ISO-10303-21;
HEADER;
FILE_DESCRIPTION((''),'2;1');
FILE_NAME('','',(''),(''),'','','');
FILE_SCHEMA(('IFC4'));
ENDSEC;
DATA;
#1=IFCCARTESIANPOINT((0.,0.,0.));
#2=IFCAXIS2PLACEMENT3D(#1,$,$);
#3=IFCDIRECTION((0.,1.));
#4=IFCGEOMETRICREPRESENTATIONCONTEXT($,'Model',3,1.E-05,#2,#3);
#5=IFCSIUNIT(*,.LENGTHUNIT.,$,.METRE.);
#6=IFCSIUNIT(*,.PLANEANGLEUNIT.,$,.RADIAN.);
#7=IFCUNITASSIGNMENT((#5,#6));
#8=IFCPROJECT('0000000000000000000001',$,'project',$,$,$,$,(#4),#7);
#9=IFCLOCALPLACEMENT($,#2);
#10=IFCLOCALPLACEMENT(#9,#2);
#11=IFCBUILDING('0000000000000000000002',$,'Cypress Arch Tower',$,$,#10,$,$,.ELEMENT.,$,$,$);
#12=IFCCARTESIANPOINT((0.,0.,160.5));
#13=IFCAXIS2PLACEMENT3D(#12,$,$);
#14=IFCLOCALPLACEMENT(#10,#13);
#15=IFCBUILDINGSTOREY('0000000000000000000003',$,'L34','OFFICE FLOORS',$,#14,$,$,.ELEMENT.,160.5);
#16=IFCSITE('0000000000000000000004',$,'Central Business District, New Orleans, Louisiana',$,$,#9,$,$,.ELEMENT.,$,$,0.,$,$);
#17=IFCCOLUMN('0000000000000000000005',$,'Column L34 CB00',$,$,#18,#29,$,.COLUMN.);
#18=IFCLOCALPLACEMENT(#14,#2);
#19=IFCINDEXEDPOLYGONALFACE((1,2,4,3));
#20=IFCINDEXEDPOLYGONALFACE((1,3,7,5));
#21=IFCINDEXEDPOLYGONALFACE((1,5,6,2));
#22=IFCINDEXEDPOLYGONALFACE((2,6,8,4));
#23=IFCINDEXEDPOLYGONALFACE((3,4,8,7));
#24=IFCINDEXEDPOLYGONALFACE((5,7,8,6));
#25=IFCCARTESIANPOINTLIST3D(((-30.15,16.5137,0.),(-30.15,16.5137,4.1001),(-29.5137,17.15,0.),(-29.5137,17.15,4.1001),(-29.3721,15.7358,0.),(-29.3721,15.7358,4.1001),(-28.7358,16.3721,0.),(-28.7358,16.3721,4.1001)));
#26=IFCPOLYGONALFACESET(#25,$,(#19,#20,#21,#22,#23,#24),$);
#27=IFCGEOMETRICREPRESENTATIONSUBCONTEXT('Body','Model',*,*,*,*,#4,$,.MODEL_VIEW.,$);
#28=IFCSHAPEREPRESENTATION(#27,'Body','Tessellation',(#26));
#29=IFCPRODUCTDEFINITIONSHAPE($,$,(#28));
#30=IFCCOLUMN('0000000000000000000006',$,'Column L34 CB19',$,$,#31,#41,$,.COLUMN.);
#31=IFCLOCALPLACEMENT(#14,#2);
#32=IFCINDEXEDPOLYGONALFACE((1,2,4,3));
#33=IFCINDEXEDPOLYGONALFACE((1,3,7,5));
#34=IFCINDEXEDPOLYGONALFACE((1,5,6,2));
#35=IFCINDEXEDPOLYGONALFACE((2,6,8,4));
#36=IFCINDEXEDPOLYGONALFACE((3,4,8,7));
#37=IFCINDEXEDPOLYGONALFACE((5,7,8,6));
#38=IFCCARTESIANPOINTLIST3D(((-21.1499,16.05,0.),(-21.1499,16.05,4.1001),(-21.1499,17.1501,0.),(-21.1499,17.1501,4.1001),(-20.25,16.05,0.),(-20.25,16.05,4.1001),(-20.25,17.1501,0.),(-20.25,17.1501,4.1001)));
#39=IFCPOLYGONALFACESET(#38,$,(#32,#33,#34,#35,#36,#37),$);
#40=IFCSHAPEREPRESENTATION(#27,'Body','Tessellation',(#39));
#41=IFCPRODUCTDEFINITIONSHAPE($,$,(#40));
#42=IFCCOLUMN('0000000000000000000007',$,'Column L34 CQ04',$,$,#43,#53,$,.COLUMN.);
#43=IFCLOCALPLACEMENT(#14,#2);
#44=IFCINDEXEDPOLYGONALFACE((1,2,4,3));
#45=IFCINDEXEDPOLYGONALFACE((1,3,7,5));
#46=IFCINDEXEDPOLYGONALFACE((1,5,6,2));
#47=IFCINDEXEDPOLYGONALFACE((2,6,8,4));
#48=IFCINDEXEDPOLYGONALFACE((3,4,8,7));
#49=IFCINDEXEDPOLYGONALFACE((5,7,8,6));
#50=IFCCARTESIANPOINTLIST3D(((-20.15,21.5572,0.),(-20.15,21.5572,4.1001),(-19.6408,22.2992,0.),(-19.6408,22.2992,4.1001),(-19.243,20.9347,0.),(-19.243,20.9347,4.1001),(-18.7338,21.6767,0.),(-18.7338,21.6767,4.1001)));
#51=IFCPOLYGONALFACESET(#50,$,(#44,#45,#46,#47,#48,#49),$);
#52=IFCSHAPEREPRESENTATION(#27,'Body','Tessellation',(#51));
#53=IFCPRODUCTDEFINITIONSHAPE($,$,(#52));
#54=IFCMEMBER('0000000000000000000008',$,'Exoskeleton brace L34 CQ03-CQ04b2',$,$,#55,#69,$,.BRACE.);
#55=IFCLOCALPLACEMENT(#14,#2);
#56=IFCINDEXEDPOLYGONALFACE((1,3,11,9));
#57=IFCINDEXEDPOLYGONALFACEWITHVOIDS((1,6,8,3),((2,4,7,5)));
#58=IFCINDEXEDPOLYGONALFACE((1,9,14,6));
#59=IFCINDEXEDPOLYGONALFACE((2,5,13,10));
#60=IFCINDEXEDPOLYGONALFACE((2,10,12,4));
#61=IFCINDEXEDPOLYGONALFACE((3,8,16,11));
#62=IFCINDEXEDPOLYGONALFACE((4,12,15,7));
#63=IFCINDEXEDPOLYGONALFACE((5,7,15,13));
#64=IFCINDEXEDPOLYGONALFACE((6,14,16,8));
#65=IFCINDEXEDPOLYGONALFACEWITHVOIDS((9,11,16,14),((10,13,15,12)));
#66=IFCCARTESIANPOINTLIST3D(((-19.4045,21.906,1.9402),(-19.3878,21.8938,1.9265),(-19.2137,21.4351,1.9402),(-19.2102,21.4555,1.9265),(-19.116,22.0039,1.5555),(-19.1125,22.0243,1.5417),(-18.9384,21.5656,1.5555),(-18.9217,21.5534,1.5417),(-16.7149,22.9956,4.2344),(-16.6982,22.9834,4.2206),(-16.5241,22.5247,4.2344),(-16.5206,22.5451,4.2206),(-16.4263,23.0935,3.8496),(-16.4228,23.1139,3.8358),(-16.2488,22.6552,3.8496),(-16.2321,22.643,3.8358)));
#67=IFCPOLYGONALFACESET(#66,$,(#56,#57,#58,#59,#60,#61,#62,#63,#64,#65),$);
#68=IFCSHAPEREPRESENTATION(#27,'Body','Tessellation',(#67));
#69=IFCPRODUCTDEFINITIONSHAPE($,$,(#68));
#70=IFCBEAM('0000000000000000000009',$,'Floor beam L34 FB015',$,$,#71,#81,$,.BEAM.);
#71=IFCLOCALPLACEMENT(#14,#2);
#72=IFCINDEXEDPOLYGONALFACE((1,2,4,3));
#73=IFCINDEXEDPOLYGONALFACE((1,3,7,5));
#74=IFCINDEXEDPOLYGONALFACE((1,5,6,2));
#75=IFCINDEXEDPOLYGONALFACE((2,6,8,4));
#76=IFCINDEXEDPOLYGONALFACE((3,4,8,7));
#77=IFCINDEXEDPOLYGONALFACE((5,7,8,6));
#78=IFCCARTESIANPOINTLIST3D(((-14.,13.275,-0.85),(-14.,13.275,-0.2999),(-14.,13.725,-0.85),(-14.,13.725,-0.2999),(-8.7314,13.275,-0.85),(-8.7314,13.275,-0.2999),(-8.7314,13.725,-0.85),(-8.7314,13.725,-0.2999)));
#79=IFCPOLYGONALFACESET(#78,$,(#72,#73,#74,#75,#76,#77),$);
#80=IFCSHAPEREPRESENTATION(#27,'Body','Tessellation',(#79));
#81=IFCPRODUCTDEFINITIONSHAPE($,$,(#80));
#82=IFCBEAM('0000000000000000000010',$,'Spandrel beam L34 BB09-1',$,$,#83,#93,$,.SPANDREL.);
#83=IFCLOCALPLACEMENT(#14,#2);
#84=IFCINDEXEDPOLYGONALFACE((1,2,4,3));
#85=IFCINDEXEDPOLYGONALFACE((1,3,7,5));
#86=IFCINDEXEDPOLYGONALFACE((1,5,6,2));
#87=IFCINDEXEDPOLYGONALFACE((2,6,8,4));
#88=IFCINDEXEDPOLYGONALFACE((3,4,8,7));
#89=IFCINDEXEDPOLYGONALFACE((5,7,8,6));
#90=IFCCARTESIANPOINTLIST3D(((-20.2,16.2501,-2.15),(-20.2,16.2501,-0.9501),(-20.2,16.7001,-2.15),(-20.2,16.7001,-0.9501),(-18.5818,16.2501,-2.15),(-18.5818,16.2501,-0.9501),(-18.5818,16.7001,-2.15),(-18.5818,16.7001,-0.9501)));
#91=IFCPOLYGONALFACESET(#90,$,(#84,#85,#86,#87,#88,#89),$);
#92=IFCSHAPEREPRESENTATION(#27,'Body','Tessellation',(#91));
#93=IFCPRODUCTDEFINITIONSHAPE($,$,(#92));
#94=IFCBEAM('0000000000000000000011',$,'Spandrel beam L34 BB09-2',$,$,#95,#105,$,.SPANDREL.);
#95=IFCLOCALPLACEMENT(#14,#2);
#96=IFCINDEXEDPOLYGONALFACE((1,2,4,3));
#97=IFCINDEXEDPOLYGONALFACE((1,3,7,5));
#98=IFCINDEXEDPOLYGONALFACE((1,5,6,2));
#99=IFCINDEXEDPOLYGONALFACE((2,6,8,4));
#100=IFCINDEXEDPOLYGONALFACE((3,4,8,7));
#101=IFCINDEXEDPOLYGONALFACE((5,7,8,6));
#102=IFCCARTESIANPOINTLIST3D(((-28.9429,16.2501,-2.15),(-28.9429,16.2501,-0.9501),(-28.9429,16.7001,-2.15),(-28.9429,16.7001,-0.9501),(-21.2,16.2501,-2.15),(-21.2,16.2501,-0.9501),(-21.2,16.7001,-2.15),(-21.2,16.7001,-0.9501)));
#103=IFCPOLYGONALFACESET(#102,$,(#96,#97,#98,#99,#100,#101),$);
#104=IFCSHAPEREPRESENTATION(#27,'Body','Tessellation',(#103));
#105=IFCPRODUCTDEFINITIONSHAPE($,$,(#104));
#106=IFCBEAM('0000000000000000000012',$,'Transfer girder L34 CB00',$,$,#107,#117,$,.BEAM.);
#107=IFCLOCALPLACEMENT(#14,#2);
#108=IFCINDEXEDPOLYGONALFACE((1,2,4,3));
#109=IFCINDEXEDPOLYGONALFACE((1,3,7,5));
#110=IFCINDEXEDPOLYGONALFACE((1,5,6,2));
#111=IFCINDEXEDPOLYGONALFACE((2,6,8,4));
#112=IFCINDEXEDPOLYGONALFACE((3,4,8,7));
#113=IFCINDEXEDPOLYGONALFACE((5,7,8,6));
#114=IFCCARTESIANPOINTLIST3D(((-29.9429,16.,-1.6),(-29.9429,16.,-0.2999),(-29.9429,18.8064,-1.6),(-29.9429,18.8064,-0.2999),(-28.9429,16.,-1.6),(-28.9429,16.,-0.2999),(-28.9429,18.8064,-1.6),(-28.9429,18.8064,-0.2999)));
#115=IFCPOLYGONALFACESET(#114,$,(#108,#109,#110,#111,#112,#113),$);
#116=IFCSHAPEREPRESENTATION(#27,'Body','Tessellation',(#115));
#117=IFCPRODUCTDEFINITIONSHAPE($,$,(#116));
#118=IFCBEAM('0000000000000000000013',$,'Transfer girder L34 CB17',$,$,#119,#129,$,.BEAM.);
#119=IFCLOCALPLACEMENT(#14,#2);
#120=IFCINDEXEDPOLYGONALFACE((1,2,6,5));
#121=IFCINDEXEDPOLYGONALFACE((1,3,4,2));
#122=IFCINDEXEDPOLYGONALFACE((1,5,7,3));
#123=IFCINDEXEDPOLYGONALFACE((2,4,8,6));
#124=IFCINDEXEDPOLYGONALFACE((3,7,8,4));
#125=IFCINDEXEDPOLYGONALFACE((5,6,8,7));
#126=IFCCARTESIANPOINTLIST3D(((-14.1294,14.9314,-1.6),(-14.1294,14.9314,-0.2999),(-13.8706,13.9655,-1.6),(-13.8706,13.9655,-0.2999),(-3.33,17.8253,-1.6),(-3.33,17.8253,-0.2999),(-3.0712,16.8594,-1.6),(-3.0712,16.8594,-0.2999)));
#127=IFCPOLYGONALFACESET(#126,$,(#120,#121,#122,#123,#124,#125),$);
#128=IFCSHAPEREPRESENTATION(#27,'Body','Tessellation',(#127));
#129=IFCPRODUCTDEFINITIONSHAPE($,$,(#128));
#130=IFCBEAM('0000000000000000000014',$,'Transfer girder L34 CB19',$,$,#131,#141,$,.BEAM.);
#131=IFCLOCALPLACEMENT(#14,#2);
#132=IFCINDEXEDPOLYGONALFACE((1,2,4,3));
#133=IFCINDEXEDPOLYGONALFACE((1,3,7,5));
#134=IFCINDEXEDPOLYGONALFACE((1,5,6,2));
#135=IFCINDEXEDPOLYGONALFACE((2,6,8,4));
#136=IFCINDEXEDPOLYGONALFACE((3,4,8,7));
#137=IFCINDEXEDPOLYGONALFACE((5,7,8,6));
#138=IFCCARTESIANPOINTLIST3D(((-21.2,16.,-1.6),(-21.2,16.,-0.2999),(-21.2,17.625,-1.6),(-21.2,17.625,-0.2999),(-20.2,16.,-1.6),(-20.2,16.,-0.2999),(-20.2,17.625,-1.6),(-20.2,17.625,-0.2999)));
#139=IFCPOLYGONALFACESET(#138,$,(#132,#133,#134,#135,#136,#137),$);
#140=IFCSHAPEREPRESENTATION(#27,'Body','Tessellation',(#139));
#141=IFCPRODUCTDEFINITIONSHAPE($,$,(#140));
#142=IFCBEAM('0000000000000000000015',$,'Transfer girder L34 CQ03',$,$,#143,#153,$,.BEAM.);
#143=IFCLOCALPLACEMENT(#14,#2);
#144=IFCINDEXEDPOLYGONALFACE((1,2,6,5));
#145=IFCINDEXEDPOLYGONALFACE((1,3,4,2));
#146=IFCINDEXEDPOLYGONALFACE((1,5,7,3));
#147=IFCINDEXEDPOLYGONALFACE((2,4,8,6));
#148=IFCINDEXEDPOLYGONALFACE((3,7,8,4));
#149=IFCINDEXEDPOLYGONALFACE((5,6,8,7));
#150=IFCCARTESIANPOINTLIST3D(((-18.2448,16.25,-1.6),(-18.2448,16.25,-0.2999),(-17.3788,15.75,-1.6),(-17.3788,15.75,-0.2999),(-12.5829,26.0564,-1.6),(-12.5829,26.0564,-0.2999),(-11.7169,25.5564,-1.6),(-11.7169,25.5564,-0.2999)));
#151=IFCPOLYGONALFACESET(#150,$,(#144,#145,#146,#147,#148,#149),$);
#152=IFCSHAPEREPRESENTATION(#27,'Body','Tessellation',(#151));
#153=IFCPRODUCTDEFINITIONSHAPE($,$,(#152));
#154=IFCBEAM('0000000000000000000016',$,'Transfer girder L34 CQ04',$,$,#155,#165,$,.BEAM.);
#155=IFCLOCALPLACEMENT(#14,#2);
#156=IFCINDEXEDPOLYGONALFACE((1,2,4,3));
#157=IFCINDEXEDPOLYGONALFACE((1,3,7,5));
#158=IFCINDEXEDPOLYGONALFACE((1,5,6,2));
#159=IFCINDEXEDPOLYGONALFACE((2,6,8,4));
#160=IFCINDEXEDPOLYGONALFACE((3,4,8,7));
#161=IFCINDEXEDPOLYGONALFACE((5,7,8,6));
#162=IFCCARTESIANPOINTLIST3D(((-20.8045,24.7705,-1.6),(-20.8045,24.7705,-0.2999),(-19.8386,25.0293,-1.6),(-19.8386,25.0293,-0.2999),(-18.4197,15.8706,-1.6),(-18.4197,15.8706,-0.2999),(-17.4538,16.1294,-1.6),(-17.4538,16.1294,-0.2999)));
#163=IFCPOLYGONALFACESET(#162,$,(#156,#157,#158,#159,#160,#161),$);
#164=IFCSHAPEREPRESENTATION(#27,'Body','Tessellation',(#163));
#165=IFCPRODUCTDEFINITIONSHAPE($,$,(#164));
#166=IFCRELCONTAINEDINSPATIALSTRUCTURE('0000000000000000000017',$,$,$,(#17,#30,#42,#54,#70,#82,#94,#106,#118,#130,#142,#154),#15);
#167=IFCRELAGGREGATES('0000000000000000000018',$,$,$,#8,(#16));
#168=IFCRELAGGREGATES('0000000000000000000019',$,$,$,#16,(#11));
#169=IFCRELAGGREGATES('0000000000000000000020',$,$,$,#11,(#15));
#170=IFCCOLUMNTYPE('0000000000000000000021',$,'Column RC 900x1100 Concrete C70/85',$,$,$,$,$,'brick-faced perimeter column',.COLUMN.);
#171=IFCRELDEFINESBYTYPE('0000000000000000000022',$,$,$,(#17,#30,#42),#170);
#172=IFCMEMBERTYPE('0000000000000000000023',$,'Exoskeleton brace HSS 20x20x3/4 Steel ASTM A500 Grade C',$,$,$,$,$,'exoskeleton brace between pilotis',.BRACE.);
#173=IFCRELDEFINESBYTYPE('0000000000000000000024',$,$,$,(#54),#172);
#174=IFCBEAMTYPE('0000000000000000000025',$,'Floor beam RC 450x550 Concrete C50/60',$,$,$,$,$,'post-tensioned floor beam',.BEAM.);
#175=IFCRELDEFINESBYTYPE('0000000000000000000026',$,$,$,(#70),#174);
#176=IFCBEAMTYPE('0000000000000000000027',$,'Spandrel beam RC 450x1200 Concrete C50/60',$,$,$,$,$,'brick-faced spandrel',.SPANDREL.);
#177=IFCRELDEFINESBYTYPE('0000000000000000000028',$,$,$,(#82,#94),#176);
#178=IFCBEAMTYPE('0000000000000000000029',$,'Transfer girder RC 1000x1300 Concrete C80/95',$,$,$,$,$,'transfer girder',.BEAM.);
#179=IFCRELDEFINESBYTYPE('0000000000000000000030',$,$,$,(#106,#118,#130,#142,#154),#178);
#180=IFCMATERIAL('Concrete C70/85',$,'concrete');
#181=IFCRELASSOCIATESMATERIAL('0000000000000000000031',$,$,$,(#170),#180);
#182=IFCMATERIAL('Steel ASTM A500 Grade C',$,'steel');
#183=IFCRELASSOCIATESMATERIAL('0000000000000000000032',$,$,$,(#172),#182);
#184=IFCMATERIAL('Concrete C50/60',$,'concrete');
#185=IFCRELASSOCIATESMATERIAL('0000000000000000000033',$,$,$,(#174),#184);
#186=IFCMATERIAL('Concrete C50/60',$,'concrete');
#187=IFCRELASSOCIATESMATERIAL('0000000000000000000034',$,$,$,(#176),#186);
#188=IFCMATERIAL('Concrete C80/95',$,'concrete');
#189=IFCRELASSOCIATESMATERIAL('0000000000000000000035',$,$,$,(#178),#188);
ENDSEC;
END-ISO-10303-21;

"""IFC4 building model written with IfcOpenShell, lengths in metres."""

from ifc_helpers import new_model, si_unit, direction, frame, origin, origin_2d, place, context, subcontext, project, spatial, rectangle, hollow_rectangle, extrude, material, material_profile, profile_set, type_object, element, save


model = new_model("IFC4")

# Units and contexts
model_context = context("Model", 3, precision=1e-05, world=origin(), true_north=direction((0.0, 1.0)))
body_context = subcontext(model_context, "Body", "Model", "MODEL_VIEW")
ifc_project = project(units=[si_unit("LENGTHUNIT", "METRE"), si_unit("PLANEANGLEUNIT", "RADIAN")], contexts=[model_context])

# Site, building, storey
site_placement = place(None, origin())
site = spatial("IfcSite", under=ifc_project, at=site_placement, Name="Central Business District, New Orleans, Louisiana", CompositionType="ELEMENT", RefElevation=0.0)
building_placement = place(site_placement, origin())
building = spatial("IfcBuilding", under=site, at=building_placement, Name="Cypress Arch Tower", CompositionType="ELEMENT")
storey_placement = place(building_placement, frame((0.0, 0.0, 160.5)))
storey = spatial("IfcBuildingStorey", under=building, at=storey_placement, Name="L34", Description="OFFICE FLOORS", CompositionType="ELEMENT", Elevation=160.5)

# Columns
ifc_material_1 = material(Name="Concrete C70/85", Category="concrete")
ifc_material_profile_1 = material_profile(ifc_material_1, rectangle(XDim=0.8999, YDim=1.1001, at=origin_2d()), Name="RC 900x1100")
ifc_profile_set_1 = profile_set([ifc_material_profile_1], Name="Concrete C70/85")
column_type = type_object("IfcColumnType", Name="Column RC 900x1100 Concrete C70/85", ElementType="brick-faced perimeter column", PredefinedType="COLUMN", material=ifc_profile_set_1)
for number, where, z_axis, x_axis, name in (
    (1, (-29.4429, 16.4429, 0.0), (0.0, 0.0, 1.0), (-0.707107, -0.707107, 0.0), "Column L34 CB00"),
    (2, (-20.7, 16.6001, 0.0), (0.0, 0.0, 1.0), (-1.0, 0.0, 0.0), "Column L34 CB19"),
    (3, (-19.4419, 21.6169, 0.0), (0.0, 0.0, 1.0), (-0.565893, -0.824479, 0.0), "Column L34 CQ04"),
):
    element("IfcColumn", number, at=place(storey_placement, frame(where, z_axis=z_axis, x_axis=x_axis)), inside=storey, type_object=column_type, Name=name, PredefinedType="COLUMN", context=body_context, shape_type="SweptSolid", body=[
        extrude(rectangle(XDim=0.8999, YDim=1.1001, at=origin_2d()), origin(), (0.0, 0.0, 1.0), 4.1001),
    ])

# Member
ifc_material_2 = material(Name="Steel ASTM A500 Grade C", Category="steel")
ifc_material_profile_2 = material_profile(ifc_material_2, hollow_rectangle(XDim=0.5081, YDim=0.5081, WallThickness=0.0176, at=origin_2d()), Name="HSS 20x20x3/4")
ifc_profile_set_2 = profile_set([ifc_material_profile_2], Name="Steel ASTM A500 Grade C")
member_type = type_object("IfcMemberType", Name="Exoskeleton brace HSS 20x20x3/4 Steel ASTM A500 Grade C", ElementType="exoskeleton brace between pilotis", PredefinedType="BRACE", material=ifc_profile_set_2)
member_placement = place(storey_placement, frame((-19.1631, 21.7297, 1.741), z_axis=(0.727078, 0.29454, 0.620164), x_axis=(-0.375463, 0.926837, 0.0)))
element("IfcMember", 4, at=member_placement, inside=storey, type_object=member_type, Name="Exoskeleton brace L34 CQ03-CQ04b2", PredefinedType="BRACE", context=body_context, shape_type="SweptSolid", body=[
    extrude(hollow_rectangle(XDim=0.5081, YDim=0.5081, WallThickness=0.0176, at=origin_2d()), origin(), (0.0, 0.0, 1.0), 3.6992),
])

# Beams
ifc_material_3 = material(Name="Concrete C50/60", Category="concrete")
ifc_material_profile_3 = material_profile(ifc_material_3, rectangle(XDim=0.45, YDim=0.55, at=origin_2d()), Name="RC 450x550")
ifc_profile_set_3 = profile_set([ifc_material_profile_3], Name="Concrete C50/60")
beam_type_1 = type_object("IfcBeamType", Name="Floor beam RC 450x550 Concrete C50/60", ElementType="post-tensioned floor beam", PredefinedType="BEAM", material=ifc_profile_set_3)
beam_1_placement = place(storey_placement, frame((-14.0, 13.5, -0.575), z_axis=(1.0, 0.0, 0.0), x_axis=(0.0, 1.0, 0.0)))
element("IfcBeam", 5, at=beam_1_placement, inside=storey, type_object=beam_type_1, Name="Floor beam L34 FB015", PredefinedType="BEAM", context=body_context, shape_type="SweptSolid", body=[
    extrude(rectangle(XDim=0.45, YDim=0.55, at=origin_2d()), origin(), (0.0, 0.0, 1.0), 5.2686),
])
ifc_material_4 = material(Name="Concrete C50/60", Category="concrete")
ifc_material_profile_4 = material_profile(ifc_material_4, rectangle(XDim=0.45, YDim=1.2, at=origin_2d()), Name="RC 450x1200")
ifc_profile_set_4 = profile_set([ifc_material_profile_4], Name="Concrete C50/60")
beam_type_2 = type_object("IfcBeamType", Name="Spandrel beam RC 450x1200 Concrete C50/60", ElementType="brick-faced spandrel", PredefinedType="SPANDREL", material=ifc_profile_set_4)
beam_2_placement = place(storey_placement, frame((-18.5818, 16.4751, -1.55), z_axis=(-1.0, 0.0, 0.0), x_axis=(0.0, -1.0, 0.0)))
element("IfcBeam", 6, at=beam_2_placement, inside=storey, type_object=beam_type_2, Name="Spandrel beam L34 BB09-1", PredefinedType="SPANDREL", context=body_context, shape_type="SweptSolid", body=[
    extrude(rectangle(XDim=0.45, YDim=1.2, at=origin_2d()), origin(), (0.0, 0.0, 1.0), 1.6182),
])
beam_3_placement = place(storey_placement, frame((-21.2, 16.4751, -1.55), z_axis=(-1.0, 0.0, 0.0), x_axis=(0.0, -1.0, 0.0)))
element("IfcBeam", 7, at=beam_3_placement, inside=storey, type_object=beam_type_2, Name="Spandrel beam L34 BB09-2", PredefinedType="SPANDREL", context=body_context, shape_type="SweptSolid", body=[
    extrude(rectangle(XDim=0.45, YDim=1.2, at=origin_2d()), origin(), (0.0, 0.0, 1.0), 7.7429),
])
ifc_material_5 = material(Name="Concrete C80/95", Category="concrete")
ifc_material_profile_5 = material_profile(ifc_material_5, rectangle(XDim=1.0, YDim=1.3, at=origin_2d()), Name="RC 1000x1300")
ifc_profile_set_5 = profile_set([ifc_material_profile_5], Name="Concrete C80/95")
beam_type_3 = type_object("IfcBeamType", Name="Transfer girder RC 1000x1300 Concrete C80/95", ElementType="transfer girder", PredefinedType="BEAM", material=ifc_profile_set_5)
beam_4_placement = place(storey_placement, frame((-29.4429, 16.0, -0.95), z_axis=(0.0, 1.0, 0.0), x_axis=(-1.0, 0.0, 0.0)))
element("IfcBeam", 8, at=beam_4_placement, inside=storey, type_object=beam_type_3, Name="Transfer girder L34 CB00", PredefinedType="BEAM", context=body_context, shape_type="SweptSolid", body=[
    extrude(rectangle(XDim=1.0, YDim=1.3, at=origin_2d()), origin(), (0.0, 0.0, 1.0), 2.8064),
])
beam_5_placement = place(storey_placement, frame((-14.0, 14.4485, -0.95), z_axis=(0.965923, 0.25883, 0.0), x_axis=(-0.25883, 0.965923, 0.0)))
element("IfcBeam", 9, at=beam_5_placement, inside=storey, type_object=beam_type_3, Name="Transfer girder L34 CB17", PredefinedType="BEAM", context=body_context, shape_type="SweptSolid", body=[
    extrude(rectangle(XDim=1.0, YDim=1.3, at=origin_2d()), origin(), (0.0, 0.0, 1.0), 11.1804),
])
beam_6_placement = place(storey_placement, frame((-20.7, 16.0, -0.95), z_axis=(0.0, 1.0, 0.0), x_axis=(-1.0, 0.0, 0.0)))
element("IfcBeam", 10, at=beam_6_placement, inside=storey, type_object=beam_type_3, Name="Transfer girder L34 CB19", PredefinedType="BEAM", context=body_context, shape_type="SweptSolid", body=[
    extrude(rectangle(XDim=1.0, YDim=1.3, at=origin_2d()), origin(), (0.0, 0.0, 1.0), 1.625),
])
beam_7_placement = place(storey_placement, frame((-17.8118, 16.0, -0.95), z_axis=(0.500009, 0.86602, 0.0), x_axis=(-0.86602, 0.500009, 0.0)))
element("IfcBeam", 11, at=beam_7_placement, inside=storey, type_object=beam_type_3, Name="Transfer girder L34 CQ03", PredefinedType="BEAM", context=body_context, shape_type="SweptSolid", body=[
    extrude(rectangle(XDim=1.0, YDim=1.3, at=origin_2d()), origin(), (0.0, 0.0, 1.0), 11.3235),
])
beam_8_placement = place(storey_placement, frame((-17.9368, 16.0, -0.95), z_axis=(-0.258823, 0.965925, 0.0), x_axis=(-0.965925, -0.258823, 0.0)))
element("IfcBeam", 12, at=beam_8_placement, inside=storey, type_object=beam_type_3, Name="Transfer girder L34 CQ04", PredefinedType="BEAM", context=body_context, shape_type="SweptSolid", body=[
    extrude(rectangle(XDim=1.0, YDim=1.3, at=origin_2d()), origin(), (0.0, 0.0, 1.0), 9.2139),
])

save(model, "model.ifc")
